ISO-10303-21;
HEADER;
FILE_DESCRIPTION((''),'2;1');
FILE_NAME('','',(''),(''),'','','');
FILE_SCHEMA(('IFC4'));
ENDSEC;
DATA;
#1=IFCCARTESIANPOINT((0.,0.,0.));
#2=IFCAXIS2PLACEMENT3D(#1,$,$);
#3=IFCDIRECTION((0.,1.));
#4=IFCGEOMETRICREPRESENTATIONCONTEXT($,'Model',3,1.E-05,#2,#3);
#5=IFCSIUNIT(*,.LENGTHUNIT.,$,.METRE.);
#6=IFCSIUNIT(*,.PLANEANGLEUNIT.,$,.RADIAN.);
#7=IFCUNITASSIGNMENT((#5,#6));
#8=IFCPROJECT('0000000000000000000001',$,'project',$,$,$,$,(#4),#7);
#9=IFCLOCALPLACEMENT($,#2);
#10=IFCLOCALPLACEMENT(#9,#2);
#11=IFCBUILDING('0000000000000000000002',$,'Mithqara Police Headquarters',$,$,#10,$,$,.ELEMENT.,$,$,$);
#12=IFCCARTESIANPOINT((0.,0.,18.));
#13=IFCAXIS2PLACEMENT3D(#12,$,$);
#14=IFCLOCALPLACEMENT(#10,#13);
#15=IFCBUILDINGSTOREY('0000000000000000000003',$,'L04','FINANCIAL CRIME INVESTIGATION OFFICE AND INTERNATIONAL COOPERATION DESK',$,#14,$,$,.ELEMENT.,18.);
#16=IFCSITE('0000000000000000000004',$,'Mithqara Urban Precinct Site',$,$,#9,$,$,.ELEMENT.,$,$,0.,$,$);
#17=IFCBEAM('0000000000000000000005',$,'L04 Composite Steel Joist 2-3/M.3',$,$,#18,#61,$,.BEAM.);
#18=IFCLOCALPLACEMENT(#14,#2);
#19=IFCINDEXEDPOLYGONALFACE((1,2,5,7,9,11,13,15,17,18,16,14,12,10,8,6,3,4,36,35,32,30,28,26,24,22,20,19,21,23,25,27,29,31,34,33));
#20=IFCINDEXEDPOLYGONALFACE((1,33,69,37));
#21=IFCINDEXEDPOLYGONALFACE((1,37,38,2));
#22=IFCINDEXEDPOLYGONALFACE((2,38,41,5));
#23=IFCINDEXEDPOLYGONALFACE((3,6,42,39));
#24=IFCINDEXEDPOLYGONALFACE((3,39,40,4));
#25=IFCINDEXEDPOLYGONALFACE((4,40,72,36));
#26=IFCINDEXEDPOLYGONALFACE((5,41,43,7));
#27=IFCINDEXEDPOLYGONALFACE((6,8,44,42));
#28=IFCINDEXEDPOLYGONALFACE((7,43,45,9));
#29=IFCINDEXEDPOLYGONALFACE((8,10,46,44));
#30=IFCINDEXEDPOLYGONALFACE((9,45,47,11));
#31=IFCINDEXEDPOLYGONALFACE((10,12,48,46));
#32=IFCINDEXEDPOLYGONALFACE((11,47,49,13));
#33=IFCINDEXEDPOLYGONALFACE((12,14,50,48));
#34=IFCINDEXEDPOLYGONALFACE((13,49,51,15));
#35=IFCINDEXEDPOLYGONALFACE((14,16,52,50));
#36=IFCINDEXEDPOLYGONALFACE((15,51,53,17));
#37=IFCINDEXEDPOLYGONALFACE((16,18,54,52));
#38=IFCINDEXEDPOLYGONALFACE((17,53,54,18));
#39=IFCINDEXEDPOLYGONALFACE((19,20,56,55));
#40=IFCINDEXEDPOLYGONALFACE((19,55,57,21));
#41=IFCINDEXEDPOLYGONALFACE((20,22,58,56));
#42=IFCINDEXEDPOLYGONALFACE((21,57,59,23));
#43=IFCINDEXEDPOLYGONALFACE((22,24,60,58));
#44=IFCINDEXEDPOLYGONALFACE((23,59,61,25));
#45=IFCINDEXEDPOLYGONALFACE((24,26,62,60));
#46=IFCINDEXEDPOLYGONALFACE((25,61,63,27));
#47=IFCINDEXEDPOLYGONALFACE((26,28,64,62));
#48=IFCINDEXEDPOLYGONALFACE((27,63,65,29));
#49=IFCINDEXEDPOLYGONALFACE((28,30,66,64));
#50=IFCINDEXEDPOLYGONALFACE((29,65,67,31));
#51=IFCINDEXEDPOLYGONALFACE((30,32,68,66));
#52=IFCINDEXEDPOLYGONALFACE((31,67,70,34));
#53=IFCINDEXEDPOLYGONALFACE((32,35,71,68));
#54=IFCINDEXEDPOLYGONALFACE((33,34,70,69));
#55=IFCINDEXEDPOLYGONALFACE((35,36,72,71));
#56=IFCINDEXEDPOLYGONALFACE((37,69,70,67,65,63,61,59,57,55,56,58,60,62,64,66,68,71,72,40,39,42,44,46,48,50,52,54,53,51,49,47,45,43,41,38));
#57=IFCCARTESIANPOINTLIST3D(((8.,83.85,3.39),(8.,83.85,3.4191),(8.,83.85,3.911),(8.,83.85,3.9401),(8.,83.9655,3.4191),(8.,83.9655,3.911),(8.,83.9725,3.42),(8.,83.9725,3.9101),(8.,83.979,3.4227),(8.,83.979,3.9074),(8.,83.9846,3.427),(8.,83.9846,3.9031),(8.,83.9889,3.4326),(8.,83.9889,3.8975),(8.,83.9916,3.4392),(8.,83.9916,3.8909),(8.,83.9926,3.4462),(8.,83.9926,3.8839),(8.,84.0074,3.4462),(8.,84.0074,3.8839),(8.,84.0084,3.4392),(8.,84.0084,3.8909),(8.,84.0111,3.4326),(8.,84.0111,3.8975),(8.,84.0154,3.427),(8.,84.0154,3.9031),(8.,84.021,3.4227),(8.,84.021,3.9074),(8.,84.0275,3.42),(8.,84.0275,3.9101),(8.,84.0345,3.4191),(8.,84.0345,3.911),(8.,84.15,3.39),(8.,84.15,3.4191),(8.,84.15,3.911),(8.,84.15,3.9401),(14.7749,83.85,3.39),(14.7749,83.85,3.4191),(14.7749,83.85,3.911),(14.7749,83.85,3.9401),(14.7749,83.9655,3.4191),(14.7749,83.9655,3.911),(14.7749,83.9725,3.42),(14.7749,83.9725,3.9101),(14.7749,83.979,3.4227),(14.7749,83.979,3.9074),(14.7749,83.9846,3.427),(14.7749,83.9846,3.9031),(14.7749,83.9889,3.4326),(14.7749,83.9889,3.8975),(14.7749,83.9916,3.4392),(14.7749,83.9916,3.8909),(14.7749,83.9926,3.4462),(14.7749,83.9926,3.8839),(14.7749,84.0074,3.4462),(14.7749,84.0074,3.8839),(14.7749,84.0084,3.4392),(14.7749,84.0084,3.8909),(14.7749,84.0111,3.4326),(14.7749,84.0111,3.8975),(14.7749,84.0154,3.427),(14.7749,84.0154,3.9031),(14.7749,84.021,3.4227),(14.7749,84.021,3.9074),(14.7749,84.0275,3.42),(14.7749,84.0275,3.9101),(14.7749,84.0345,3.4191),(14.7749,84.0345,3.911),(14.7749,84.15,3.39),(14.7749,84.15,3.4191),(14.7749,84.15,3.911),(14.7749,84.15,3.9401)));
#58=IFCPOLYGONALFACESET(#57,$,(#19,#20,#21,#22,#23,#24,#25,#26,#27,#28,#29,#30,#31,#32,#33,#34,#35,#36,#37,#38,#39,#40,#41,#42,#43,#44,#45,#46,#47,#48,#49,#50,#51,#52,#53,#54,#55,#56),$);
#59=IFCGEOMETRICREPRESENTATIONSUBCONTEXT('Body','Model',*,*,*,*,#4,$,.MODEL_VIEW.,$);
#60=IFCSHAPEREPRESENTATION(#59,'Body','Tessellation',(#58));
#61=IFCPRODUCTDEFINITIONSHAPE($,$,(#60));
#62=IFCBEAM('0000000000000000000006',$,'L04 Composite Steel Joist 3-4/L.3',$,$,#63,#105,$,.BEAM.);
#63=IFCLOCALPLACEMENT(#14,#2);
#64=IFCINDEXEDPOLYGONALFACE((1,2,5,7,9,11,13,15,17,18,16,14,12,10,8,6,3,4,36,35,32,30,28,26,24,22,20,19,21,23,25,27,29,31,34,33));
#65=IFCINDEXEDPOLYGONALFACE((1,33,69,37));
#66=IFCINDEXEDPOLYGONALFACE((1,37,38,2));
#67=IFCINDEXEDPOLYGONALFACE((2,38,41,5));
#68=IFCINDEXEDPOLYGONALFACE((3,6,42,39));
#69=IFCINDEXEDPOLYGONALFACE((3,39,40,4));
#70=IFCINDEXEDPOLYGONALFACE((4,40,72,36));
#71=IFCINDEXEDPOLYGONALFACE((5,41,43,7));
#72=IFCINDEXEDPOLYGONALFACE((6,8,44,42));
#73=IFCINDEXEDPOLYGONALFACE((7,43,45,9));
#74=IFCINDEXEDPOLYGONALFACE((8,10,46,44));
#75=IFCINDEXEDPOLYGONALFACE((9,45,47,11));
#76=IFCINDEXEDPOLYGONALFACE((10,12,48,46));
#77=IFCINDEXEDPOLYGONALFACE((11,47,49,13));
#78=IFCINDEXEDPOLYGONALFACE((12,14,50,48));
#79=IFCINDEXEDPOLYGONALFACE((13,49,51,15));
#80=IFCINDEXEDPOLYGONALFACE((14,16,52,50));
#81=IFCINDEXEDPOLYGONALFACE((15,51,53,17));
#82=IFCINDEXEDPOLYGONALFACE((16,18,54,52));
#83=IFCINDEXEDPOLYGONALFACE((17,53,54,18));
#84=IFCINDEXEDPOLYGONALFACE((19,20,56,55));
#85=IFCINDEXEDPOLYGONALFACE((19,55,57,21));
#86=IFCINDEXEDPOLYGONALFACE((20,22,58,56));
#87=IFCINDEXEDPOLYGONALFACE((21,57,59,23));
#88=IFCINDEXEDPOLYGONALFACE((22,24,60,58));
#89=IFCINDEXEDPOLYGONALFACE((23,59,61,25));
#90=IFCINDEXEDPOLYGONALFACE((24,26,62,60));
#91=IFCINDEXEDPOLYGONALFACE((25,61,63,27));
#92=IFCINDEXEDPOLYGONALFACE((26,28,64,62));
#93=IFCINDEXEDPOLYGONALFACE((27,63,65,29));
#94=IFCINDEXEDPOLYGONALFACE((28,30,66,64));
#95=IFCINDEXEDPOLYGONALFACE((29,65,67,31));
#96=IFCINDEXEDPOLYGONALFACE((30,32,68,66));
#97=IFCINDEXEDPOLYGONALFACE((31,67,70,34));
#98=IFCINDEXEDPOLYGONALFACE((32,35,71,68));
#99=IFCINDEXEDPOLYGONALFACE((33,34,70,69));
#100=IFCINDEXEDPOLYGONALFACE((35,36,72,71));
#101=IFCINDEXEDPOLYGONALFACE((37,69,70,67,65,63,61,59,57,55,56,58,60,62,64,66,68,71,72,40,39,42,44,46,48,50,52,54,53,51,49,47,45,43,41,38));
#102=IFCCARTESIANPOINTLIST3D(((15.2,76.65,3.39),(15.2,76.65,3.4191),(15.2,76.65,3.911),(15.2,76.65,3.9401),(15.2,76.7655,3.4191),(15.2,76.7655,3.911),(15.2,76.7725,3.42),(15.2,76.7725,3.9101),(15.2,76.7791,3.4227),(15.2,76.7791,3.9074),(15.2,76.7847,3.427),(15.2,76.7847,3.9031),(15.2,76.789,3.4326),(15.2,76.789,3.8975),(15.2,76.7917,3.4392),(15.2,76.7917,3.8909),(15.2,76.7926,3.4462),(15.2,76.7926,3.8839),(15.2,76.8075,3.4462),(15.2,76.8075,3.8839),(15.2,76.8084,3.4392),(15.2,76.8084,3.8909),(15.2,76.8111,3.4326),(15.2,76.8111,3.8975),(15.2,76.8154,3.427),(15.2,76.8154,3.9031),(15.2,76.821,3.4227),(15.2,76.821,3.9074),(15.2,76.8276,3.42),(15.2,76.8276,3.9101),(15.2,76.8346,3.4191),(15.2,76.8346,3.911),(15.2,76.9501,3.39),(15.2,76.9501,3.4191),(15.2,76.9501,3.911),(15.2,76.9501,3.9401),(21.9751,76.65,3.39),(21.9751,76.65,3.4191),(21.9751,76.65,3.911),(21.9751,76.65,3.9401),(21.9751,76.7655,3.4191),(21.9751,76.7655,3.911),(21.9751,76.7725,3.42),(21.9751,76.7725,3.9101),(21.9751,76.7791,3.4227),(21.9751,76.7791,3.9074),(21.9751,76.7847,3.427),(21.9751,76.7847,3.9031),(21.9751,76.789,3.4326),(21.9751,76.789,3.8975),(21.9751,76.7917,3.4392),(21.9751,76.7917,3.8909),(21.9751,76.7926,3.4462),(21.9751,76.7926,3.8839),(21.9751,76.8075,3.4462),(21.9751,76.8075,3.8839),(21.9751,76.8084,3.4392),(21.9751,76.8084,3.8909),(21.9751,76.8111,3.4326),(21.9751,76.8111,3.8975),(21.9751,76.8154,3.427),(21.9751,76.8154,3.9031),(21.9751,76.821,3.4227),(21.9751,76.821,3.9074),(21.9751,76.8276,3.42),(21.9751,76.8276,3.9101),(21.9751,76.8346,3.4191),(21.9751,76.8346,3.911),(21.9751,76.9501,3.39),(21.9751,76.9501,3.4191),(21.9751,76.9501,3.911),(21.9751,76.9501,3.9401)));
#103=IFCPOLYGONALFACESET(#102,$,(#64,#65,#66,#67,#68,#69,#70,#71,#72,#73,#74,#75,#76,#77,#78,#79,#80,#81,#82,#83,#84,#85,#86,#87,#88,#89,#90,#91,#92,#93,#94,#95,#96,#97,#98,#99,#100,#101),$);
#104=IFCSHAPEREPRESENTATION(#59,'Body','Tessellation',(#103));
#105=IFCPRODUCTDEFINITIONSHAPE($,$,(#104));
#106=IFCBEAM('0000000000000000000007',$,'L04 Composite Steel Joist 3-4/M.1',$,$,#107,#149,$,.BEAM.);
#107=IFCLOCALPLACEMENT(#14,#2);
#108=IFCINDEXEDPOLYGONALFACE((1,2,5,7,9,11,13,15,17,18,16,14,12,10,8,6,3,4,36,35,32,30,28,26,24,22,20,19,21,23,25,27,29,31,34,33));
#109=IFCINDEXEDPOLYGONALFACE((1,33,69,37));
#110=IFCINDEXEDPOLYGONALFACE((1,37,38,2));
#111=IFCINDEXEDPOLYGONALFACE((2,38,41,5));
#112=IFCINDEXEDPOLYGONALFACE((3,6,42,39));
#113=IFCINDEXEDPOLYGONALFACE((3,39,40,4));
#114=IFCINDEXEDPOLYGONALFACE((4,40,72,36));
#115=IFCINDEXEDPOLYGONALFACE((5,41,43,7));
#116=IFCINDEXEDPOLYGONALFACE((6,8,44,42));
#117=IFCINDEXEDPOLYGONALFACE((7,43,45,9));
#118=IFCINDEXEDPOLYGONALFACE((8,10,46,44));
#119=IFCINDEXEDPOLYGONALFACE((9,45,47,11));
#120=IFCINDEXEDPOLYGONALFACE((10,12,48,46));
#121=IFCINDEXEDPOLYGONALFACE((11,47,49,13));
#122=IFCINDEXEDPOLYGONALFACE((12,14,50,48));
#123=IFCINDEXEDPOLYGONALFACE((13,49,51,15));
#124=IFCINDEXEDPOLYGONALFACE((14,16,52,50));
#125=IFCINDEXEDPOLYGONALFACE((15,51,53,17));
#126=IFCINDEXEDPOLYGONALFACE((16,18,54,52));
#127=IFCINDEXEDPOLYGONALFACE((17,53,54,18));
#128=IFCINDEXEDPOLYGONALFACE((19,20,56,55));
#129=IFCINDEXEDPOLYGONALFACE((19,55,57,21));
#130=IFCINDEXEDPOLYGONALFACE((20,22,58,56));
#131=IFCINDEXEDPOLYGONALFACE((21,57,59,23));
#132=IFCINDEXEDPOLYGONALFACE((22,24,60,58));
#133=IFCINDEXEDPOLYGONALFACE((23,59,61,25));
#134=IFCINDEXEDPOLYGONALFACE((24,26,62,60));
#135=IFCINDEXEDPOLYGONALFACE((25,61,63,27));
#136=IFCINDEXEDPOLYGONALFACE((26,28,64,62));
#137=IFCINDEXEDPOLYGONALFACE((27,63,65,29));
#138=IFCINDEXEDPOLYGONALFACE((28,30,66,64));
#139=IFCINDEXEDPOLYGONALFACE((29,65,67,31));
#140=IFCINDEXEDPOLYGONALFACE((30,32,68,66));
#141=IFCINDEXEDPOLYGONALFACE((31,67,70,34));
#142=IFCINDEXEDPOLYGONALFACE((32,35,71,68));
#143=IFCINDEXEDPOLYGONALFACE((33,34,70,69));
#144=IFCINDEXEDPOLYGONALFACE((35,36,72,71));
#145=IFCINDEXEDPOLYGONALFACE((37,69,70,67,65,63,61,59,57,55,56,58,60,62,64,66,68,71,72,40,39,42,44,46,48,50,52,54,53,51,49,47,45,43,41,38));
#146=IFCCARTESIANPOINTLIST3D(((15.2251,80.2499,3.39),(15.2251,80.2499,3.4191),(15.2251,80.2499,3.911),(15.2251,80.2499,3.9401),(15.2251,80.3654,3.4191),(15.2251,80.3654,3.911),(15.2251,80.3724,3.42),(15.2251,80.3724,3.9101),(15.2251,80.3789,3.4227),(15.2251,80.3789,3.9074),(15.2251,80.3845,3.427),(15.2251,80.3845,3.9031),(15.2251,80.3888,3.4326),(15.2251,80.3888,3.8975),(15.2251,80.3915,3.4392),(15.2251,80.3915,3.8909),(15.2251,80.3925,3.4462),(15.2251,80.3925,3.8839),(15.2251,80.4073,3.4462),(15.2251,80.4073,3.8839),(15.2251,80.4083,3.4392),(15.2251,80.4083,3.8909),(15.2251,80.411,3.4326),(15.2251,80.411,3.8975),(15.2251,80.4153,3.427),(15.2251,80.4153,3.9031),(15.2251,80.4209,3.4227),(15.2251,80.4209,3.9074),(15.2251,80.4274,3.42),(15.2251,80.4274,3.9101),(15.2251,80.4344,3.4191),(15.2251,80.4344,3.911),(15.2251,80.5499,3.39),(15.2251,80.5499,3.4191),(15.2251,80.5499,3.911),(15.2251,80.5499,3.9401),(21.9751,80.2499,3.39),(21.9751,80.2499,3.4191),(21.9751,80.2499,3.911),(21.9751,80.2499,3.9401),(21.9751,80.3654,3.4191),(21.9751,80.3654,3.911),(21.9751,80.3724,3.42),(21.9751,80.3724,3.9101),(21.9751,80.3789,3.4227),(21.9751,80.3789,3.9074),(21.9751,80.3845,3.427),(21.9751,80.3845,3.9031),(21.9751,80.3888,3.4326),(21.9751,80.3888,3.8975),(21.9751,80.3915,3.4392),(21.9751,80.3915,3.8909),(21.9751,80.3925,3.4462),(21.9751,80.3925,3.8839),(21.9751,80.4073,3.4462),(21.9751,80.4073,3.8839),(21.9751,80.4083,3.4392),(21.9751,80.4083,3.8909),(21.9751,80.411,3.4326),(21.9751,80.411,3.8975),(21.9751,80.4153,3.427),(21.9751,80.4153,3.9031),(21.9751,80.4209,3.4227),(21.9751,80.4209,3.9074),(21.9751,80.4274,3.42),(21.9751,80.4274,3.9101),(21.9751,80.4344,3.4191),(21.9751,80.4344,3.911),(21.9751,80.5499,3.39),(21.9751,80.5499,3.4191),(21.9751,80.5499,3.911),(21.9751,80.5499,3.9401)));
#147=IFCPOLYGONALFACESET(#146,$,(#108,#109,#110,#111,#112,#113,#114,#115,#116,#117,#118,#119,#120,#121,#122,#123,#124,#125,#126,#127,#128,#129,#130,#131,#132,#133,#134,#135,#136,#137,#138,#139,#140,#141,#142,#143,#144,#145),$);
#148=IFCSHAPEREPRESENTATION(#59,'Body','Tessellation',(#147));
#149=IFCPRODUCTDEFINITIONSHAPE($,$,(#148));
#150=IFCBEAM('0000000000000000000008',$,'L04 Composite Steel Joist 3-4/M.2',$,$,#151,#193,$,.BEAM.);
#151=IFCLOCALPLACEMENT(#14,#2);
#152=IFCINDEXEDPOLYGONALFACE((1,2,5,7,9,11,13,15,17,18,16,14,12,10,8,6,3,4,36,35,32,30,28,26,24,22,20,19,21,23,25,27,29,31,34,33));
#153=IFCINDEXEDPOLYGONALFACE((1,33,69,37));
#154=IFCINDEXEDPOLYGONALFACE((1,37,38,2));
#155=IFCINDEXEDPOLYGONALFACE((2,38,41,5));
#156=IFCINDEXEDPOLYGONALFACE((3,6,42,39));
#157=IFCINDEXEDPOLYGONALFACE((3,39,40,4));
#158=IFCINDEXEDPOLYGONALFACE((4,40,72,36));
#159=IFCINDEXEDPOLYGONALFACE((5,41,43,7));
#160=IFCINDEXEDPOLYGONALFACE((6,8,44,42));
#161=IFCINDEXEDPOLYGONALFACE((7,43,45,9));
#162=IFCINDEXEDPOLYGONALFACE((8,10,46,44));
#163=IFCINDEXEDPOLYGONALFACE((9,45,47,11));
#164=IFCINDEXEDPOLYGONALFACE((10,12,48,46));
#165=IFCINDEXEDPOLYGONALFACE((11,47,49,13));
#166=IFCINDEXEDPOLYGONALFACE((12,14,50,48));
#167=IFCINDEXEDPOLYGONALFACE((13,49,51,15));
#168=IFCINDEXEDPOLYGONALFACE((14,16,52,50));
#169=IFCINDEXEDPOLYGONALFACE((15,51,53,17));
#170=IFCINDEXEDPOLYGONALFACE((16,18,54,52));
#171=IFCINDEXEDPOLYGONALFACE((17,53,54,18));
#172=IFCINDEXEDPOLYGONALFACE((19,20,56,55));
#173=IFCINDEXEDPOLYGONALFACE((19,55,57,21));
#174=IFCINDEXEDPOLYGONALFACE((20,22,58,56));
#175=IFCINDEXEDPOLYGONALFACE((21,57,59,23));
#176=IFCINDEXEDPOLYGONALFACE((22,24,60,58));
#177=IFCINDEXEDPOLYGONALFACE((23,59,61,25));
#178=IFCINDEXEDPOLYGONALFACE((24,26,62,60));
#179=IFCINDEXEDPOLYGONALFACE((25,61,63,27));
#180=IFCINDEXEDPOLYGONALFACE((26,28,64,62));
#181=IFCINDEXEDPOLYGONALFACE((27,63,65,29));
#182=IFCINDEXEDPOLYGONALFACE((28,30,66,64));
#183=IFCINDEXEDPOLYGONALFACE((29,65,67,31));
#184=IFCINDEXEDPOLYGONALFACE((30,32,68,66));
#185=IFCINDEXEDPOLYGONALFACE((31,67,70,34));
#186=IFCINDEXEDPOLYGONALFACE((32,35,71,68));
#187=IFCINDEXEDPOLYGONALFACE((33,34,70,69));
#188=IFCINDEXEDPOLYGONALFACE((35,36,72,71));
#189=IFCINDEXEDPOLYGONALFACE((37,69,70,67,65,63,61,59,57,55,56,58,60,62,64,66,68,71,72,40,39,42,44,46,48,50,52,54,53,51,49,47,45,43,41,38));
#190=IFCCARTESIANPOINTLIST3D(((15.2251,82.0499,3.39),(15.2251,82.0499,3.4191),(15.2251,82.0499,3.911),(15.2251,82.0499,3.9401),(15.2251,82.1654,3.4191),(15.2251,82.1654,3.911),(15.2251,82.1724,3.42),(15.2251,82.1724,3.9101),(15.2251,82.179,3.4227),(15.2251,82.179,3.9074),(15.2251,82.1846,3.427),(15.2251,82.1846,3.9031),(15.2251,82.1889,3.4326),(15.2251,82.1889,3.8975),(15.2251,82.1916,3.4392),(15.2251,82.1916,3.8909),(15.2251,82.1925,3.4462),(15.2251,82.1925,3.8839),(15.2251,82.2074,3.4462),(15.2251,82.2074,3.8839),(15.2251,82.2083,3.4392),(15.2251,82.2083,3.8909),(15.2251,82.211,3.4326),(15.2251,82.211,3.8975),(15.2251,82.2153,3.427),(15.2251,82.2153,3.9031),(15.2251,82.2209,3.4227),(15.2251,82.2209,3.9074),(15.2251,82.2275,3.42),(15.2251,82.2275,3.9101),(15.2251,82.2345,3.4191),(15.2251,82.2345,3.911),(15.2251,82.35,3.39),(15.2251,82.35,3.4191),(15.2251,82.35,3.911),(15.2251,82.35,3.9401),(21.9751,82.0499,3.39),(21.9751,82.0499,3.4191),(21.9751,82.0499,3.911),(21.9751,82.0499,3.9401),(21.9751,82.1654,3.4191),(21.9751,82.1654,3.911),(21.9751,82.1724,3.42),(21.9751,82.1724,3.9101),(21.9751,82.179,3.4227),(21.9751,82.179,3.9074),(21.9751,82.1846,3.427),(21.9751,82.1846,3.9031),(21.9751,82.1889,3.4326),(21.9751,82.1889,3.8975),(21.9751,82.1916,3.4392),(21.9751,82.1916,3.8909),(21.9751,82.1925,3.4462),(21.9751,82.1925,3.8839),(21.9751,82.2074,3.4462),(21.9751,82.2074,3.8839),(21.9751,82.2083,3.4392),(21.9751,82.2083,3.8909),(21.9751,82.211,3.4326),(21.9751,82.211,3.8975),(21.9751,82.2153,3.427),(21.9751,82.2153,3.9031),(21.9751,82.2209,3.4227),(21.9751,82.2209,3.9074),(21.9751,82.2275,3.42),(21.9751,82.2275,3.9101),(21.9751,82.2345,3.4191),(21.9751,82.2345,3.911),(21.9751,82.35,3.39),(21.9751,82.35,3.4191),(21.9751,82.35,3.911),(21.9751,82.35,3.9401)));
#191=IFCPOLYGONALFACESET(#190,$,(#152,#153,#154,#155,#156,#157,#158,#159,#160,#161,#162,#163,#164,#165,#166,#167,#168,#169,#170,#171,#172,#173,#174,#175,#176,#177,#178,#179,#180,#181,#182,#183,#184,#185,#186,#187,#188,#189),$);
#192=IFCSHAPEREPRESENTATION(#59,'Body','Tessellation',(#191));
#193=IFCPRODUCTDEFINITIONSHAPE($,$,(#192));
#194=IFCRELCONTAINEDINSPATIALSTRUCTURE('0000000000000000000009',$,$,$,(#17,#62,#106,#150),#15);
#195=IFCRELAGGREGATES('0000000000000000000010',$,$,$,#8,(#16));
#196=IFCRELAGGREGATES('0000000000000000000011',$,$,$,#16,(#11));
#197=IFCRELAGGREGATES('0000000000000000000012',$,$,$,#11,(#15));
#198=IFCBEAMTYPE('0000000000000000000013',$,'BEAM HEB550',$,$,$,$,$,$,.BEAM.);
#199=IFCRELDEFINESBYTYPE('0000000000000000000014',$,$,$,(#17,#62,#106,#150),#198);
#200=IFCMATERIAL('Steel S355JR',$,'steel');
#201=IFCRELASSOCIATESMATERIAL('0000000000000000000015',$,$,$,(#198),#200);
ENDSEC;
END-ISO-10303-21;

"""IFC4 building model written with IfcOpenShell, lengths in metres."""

from ifc_helpers import new_model, si_unit, direction, frame, origin, origin_2d, place, context, subcontext, project, spatial, i_section, extrude, material, material_profile, profile_set, type_object, element, save


model = new_model("IFC4")

# Units and contexts
model_context = context("Model", 3, precision=1e-05, world=origin(), true_north=direction((0.0, 1.0)))
body_context = subcontext(model_context, "Body", "Model", "MODEL_VIEW")
ifc_project = project(units=[si_unit("LENGTHUNIT", "METRE"), si_unit("PLANEANGLEUNIT", "RADIAN")], contexts=[model_context])

# Site, building, storey
site_placement = place(None, origin())
site = spatial("IfcSite", under=ifc_project, at=site_placement, Name="Mithqara Urban Precinct Site", CompositionType="ELEMENT", RefElevation=0.0)
building_placement = place(site_placement, origin())
building = spatial("IfcBuilding", under=site, at=building_placement, Name="Mithqara Police Headquarters", CompositionType="ELEMENT")
storey_placement = place(building_placement, frame((0.0, 0.0, 18.0)))
storey = spatial("IfcBuildingStorey", under=building, at=storey_placement, Name="L04", Description="FINANCIAL CRIME INVESTIGATION OFFICE AND INTERNATIONAL COOPERATION DESK", CompositionType="ELEMENT", Elevation=18.0)

# Beams
ifc_material_1 = material(Name="Steel S355JR", Category="steel")
ifc_material_profile_1 = material_profile(ifc_material_1, i_section(OverallWidth=0.3, OverallDepth=0.55, WebThickness=0.0149, FlangeThickness=0.0291, FilletRadius=0.0271, at=origin_2d()), Name="HEB 550")
ifc_profile_set_1 = profile_set([ifc_material_profile_1], Name="Steel S355JR")
beam_type_1 = type_object("IfcBeamType", Name="BEAM HEB550", PredefinedType="BEAM", material=ifc_profile_set_1)
for number, where, z_axis, x_axis, name in (
    (1, (8.0, 84.0, 3.665), (1.0, 0.0, 0.0), (0.0, 1.0, 0.0), "L04 Composite Steel Joist 2-3/M.3"),
):
    element("IfcBeam", number, at=place(storey_placement, frame(where, z_axis=z_axis, x_axis=x_axis)), inside=storey, type_object=beam_type_1, Name=name, PredefinedType="BEAM", context=body_context, shape_type="SweptSolid", body=[
        extrude(i_section(OverallWidth=0.3, OverallDepth=0.55, WebThickness=0.0149, FlangeThickness=0.0291, FilletRadius=0.0271, at=origin_2d()), origin(), (0.0, 0.0, 1.0), 6.7749),
    ])
beam_1_placement = place(storey_placement, frame((15.2, 76.8, 3.665), z_axis=(1.0, 0.0, 0.0), x_axis=(0.0, 1.0, 0.0)))
element("IfcBeam", 2, at=beam_1_placement, inside=storey, type_object=beam_type_1, Name="L04 Composite Steel Joist 3-4/L.3", PredefinedType="BEAM", context=body_context, shape_type="SweptSolid", body=[
    extrude(i_section(OverallWidth=0.3, OverallDepth=0.55, WebThickness=0.0149, FlangeThickness=0.0291, FilletRadius=0.0271, at=origin_2d()), origin(), (0.0, 0.0, 1.0), 6.7751),
])
for number, where, z_axis, x_axis, name in (
    (3, (15.2251, 80.3999, 3.665), (1.0, 0.0, 0.0), (0.0, 1.0, 0.0), "L04 Composite Steel Joist 3-4/M.1"),
    (4, (15.2251, 82.2, 3.665), (1.0, 0.0, 0.0), (0.0, 1.0, 0.0), "L04 Composite Steel Joist 3-4/M.2"),
):
    element("IfcBeam", number, at=place(storey_placement, frame(where, z_axis=z_axis, x_axis=x_axis)), inside=storey, type_object=beam_type_1, Name=name, PredefinedType="BEAM", context=body_context, shape_type="SweptSolid", body=[
        extrude(i_section(OverallWidth=0.3, OverallDepth=0.55, WebThickness=0.0149, FlangeThickness=0.0291, FilletRadius=0.0271, at=origin_2d()), origin(), (0.0, 0.0, 1.0), 6.75),
    ])

save(model, "model.ifc")
